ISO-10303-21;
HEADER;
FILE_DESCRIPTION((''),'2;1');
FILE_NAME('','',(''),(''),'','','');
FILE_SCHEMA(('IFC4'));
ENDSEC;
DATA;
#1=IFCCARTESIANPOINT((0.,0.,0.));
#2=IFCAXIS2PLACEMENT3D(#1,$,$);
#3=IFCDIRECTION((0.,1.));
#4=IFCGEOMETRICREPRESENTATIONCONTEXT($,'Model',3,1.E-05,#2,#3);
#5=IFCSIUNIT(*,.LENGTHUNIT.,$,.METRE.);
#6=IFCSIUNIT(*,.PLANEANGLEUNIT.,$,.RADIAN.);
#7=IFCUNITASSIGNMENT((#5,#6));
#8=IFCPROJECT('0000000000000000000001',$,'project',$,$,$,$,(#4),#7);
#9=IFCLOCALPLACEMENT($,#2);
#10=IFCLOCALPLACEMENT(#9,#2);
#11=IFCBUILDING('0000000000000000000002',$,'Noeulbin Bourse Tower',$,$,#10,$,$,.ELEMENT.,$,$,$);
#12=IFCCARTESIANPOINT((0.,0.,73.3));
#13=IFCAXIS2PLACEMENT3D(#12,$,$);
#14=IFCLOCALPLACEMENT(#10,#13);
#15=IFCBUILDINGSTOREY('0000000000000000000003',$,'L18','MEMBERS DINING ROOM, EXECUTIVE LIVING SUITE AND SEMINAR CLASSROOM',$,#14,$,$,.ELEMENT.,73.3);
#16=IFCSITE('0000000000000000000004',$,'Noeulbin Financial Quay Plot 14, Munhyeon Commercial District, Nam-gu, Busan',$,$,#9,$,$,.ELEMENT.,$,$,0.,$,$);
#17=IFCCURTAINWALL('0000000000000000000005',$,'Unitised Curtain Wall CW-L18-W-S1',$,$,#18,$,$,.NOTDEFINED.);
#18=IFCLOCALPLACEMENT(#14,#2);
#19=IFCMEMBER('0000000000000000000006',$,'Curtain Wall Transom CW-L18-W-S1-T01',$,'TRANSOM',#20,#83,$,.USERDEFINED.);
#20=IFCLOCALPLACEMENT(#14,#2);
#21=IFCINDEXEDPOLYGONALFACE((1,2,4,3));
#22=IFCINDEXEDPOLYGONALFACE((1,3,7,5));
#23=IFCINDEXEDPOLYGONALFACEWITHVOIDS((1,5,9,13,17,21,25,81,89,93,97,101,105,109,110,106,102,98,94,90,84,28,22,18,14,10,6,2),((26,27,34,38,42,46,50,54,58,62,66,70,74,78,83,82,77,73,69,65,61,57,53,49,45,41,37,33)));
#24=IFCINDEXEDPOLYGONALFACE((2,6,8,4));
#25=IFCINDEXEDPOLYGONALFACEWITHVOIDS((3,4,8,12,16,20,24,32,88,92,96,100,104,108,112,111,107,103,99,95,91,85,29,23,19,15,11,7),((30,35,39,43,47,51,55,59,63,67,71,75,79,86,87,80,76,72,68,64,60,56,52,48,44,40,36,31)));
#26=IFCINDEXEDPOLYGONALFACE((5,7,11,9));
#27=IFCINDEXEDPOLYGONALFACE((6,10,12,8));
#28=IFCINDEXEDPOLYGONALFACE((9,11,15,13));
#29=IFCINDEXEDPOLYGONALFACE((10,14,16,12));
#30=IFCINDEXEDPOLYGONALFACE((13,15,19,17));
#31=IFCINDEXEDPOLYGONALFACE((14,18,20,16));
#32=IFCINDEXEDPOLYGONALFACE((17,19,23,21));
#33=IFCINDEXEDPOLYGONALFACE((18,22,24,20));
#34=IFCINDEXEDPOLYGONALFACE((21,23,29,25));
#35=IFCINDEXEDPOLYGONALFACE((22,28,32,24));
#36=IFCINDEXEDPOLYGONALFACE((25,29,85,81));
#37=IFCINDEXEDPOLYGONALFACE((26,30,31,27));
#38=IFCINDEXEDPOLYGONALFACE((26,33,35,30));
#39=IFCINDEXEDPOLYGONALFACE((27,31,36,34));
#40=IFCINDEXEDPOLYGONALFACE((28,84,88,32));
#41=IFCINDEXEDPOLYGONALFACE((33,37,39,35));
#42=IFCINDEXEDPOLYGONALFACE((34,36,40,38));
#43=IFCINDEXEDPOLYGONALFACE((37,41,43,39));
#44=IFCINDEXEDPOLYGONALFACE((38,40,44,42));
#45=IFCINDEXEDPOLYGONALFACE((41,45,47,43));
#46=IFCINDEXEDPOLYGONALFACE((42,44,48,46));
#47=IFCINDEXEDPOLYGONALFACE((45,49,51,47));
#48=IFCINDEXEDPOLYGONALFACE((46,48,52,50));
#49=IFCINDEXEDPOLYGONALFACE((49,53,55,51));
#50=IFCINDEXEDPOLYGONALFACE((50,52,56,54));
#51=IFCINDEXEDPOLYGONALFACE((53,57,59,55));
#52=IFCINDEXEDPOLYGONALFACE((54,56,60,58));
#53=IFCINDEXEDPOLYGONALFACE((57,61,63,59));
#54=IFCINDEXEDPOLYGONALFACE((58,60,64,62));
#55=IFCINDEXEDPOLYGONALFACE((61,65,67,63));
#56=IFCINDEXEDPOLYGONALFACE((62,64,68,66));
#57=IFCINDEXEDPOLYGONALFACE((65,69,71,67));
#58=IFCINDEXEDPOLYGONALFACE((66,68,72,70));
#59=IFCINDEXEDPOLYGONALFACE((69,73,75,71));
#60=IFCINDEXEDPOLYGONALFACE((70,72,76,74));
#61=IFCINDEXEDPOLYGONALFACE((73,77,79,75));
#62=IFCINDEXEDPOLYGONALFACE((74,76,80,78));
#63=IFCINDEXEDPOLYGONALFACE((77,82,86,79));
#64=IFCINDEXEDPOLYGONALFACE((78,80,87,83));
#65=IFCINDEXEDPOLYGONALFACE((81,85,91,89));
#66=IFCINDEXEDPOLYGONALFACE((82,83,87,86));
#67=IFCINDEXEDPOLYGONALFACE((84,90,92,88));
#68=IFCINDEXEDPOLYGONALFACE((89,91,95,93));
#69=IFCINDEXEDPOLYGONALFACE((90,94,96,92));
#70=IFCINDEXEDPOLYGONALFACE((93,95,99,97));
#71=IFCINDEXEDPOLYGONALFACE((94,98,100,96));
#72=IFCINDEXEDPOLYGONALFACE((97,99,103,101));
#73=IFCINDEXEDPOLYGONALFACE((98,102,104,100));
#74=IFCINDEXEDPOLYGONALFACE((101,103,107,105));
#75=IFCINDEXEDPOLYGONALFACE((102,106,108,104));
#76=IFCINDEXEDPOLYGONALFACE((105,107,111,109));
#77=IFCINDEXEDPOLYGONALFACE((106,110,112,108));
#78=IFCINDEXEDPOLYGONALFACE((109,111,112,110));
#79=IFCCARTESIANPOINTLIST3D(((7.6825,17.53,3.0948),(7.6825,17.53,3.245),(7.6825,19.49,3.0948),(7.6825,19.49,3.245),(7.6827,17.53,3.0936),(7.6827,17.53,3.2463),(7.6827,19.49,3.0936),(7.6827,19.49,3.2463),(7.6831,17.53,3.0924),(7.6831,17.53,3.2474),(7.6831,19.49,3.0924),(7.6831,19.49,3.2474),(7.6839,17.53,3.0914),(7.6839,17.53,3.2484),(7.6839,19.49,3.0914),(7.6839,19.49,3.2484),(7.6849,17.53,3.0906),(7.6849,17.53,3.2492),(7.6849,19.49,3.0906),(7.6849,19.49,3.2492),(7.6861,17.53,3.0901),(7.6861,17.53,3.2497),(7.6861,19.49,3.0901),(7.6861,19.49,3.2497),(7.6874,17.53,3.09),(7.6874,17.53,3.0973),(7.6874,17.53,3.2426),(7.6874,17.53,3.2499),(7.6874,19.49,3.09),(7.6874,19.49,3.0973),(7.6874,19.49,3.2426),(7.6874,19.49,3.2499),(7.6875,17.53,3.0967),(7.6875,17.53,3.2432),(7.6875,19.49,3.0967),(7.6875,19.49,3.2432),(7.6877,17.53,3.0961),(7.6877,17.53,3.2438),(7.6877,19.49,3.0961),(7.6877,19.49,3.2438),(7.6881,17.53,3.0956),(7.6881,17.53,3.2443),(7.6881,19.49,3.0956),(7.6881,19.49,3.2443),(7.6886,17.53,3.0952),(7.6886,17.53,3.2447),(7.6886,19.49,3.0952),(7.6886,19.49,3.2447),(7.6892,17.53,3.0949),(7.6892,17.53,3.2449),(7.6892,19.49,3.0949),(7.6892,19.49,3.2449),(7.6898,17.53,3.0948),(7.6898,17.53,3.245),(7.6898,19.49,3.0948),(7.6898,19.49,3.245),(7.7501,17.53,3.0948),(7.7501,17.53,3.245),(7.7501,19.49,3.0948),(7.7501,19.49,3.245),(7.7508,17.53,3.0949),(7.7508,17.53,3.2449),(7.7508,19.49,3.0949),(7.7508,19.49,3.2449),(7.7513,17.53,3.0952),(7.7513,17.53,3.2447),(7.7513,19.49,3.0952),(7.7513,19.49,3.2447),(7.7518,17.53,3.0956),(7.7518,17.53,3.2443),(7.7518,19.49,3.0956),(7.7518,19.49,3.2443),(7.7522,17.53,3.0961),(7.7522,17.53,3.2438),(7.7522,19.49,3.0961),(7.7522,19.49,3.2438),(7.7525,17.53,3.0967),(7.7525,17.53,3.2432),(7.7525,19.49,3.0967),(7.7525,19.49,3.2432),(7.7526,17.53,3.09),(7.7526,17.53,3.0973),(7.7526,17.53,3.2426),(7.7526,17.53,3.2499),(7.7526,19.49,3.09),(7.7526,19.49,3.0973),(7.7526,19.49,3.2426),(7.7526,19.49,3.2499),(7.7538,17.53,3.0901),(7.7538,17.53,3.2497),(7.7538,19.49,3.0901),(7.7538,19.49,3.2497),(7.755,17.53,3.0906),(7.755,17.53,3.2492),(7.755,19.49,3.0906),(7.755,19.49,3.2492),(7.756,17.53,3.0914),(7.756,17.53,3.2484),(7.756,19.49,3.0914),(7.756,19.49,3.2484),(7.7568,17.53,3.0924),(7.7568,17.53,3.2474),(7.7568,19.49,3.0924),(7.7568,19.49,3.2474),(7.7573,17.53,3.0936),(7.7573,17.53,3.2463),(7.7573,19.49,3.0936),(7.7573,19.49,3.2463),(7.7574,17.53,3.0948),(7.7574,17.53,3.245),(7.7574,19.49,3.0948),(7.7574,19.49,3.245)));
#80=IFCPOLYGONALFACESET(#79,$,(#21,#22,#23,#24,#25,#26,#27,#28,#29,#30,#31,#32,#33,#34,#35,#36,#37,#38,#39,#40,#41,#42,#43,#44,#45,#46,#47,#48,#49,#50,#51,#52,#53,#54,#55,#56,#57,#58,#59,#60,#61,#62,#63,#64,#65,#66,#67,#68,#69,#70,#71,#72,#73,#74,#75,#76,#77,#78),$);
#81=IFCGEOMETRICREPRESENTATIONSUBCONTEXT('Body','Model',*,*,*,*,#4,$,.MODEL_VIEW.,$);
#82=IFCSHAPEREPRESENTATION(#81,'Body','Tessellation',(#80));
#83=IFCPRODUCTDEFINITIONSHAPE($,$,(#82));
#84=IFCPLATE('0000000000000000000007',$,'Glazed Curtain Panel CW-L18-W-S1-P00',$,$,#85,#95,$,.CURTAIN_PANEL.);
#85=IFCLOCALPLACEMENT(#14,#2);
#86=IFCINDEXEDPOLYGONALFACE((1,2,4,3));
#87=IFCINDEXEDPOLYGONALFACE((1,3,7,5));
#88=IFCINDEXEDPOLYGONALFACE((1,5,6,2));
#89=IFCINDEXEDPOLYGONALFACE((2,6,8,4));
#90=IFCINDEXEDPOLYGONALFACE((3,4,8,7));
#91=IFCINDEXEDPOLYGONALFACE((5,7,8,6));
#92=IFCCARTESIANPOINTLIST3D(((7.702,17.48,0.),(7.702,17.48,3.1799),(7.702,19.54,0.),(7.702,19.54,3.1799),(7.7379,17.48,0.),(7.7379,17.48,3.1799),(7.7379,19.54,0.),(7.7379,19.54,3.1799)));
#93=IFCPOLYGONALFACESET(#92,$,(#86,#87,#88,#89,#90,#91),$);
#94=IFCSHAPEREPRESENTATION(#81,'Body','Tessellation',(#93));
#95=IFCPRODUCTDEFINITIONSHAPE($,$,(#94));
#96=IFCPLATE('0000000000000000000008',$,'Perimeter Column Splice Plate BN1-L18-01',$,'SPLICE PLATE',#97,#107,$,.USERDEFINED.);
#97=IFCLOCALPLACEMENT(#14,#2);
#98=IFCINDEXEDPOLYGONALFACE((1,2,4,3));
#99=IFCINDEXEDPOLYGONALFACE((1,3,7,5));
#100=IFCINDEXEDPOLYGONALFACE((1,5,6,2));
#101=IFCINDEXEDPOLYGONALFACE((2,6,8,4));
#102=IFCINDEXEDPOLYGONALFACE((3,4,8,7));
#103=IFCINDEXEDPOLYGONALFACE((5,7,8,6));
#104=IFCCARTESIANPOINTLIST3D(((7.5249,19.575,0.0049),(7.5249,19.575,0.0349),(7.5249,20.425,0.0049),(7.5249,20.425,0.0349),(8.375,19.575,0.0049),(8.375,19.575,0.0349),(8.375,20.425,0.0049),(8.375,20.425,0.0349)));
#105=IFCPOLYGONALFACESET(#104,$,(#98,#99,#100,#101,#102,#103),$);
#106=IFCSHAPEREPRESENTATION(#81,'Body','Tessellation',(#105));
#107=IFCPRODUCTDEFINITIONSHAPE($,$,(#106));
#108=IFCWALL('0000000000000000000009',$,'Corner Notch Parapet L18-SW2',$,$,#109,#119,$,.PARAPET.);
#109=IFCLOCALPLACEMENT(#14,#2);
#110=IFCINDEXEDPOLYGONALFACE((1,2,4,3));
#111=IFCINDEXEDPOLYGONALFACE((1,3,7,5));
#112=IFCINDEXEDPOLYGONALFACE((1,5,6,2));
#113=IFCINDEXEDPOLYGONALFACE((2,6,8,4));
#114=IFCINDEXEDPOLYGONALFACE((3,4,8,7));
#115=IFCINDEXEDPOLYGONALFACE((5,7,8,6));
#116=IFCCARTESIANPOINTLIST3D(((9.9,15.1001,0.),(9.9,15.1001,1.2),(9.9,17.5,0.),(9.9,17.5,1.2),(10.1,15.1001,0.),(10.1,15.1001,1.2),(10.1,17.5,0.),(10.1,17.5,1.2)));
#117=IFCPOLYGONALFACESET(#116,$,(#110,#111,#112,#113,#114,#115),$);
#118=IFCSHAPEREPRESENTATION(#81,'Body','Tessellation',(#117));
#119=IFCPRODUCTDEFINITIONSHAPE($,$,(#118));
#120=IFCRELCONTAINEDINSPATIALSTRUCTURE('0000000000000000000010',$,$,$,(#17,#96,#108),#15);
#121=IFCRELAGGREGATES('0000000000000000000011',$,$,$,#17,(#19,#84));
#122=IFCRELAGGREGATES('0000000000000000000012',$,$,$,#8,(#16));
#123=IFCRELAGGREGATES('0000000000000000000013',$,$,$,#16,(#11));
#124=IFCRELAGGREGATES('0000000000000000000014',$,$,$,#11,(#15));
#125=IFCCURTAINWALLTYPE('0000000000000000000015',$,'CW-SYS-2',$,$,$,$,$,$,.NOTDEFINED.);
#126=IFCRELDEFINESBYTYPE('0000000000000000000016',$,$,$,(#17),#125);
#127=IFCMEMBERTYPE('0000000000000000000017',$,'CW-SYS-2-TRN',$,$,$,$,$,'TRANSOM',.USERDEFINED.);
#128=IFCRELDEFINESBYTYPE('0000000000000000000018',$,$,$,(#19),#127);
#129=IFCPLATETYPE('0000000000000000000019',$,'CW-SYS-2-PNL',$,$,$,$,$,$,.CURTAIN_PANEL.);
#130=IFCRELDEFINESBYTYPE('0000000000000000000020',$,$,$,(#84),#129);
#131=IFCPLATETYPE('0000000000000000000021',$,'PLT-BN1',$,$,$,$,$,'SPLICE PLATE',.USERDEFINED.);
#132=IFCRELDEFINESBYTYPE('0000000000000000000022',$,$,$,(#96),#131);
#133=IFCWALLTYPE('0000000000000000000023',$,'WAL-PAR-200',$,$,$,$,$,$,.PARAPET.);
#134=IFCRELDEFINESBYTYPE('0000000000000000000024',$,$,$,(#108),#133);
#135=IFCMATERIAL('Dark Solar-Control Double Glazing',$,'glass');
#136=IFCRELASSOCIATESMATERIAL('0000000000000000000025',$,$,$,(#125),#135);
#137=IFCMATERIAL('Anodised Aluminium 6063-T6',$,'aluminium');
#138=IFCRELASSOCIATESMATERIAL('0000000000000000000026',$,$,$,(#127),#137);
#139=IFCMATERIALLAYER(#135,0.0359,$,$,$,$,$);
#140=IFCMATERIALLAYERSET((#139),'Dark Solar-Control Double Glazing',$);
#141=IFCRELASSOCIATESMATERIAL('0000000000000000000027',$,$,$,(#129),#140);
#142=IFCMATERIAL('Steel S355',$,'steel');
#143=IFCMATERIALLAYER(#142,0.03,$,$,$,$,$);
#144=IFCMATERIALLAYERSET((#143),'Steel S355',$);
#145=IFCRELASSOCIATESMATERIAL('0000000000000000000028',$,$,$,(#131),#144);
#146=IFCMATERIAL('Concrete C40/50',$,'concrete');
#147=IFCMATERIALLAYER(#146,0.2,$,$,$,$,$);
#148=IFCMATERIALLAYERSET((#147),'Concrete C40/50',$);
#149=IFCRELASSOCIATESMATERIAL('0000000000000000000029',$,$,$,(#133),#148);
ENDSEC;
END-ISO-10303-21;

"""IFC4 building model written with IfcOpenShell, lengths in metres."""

from ifc_helpers import new_model, si_unit, direction, frame, frame_2d, origin, origin_2d, place, context, subcontext, project, spatial, rectangle, hollow_rectangle, extrude, material, layer, layer_set, material_profile, profile_set, type_object, element, aggregate, save


model = new_model("IFC4")

# Units and contexts
model_context = context("Model", 3, precision=1e-05, world=origin(), true_north=direction((0.0, 1.0)))
body_context = subcontext(model_context, "Body", "Model", "MODEL_VIEW")
ifc_project = project(units=[si_unit("LENGTHUNIT", "METRE"), si_unit("PLANEANGLEUNIT", "RADIAN")], contexts=[model_context])

# Site, building, storey
site_placement = place(None, origin())
site = spatial("IfcSite", under=ifc_project, at=site_placement, Name="Noeulbin Financial Quay Plot 14, Munhyeon Commercial District, Nam-gu, Busan", CompositionType="ELEMENT", RefElevation=0.0)
building_placement = place(site_placement, origin())
building = spatial("IfcBuilding", under=site, at=building_placement, Name="Noeulbin Bourse Tower", CompositionType="ELEMENT")
storey_placement = place(building_placement, frame((0.0, 0.0, 73.3)))
storey = spatial("IfcBuildingStorey", under=building, at=storey_placement, Name="L18", Description="MEMBERS DINING ROOM, EXECUTIVE LIVING SUITE AND SEMINAR CLASSROOM", CompositionType="ELEMENT", Elevation=73.3)

# Shared definitions
ifc_material_1 = material(Name="Steel S355", Category="steel")

# Curtain wall, member, plate
ifc_material_2 = material(Name="Dark Solar-Control Double Glazing", Category="glass")
curtain_wall_type = type_object("IfcCurtainWallType", Name="CW-SYS-2", PredefinedType="NOTDEFINED", material=ifc_material_2)
curtain_wall_placement = place(storey_placement, origin())
curtain_wall = element("IfcCurtainWall", 1, at=curtain_wall_placement, inside=storey, type_object=curtain_wall_type, Name="Unitised Curtain Wall CW-L18-W-S1", PredefinedType="NOTDEFINED")
ifc_material_3 = material(Name="Anodised Aluminium 6063-T6", Category="aluminium")
ifc_material_profile_1 = material_profile(ifc_material_3, hollow_rectangle(XDim=0.075, YDim=0.1599, WallThickness=0.0049, InnerFilletRadius=0.0024, OuterFilletRadius=0.0049, at=origin_2d()), Name="ALU-TRAN-75x160x5", Category="LoadBearing")
ifc_profile_set_1 = profile_set([ifc_material_profile_1], Name="Anodised Aluminium 6063-T6")
member_type_1 = type_object("IfcMemberType", Name="CW-SYS-2-TRN", ElementType="TRANSOM", PredefinedType="USERDEFINED", material=ifc_profile_set_1)
member_1_placement = place(storey_placement, frame((7.72, 17.53, 3.1699), z_axis=(0.0, 1.0, 0.0), x_axis=(-1.0, 0.0, 0.0)))
member_1 = element("IfcMember", 2, at=member_1_placement, type_object=member_type_1, Name="Curtain Wall Transom CW-L18-W-S1-T01", ObjectType="TRANSOM", PredefinedType="USERDEFINED", context=body_context, shape_type="SweptSolid", body=[
    extrude(hollow_rectangle(XDim=0.075, YDim=0.1599, WallThickness=0.0049, InnerFilletRadius=0.0024, OuterFilletRadius=0.0049, at=origin_2d()), origin(), (0.0, 0.0, 1.0), 1.96),
])
ifc_layer_1 = layer(ifc_material_2, 0.0359)
ifc_layer_set_1 = layer_set([ifc_layer_1], Name="Dark Solar-Control Double Glazing")
plate_type_1 = type_object("IfcPlateType", Name="CW-SYS-2-PNL", PredefinedType="CURTAIN_PANEL", material=ifc_layer_set_1)
plate_1_placement = place(storey_placement, frame((7.72, 18.51, 0.0), z_axis=(0.0, 0.0, 1.0), x_axis=(0.0, 1.0, 0.0)))
plate_1 = element("IfcPlate", 3, at=plate_1_placement, type_object=plate_type_1, Name="Glazed Curtain Panel CW-L18-W-S1-P00", PredefinedType="CURTAIN_PANEL", context=body_context, shape_type="SweptSolid", body=[
    extrude(rectangle(XDim=2.0601, YDim=0.0359, at=origin_2d()), origin(), (0.0, 0.0, 1.0), 3.1799),
])
aggregate(curtain_wall, [member_1, plate_1])

# Plate
ifc_layer_2 = layer(ifc_material_1, 0.03)
ifc_layer_set_2 = layer_set([ifc_layer_2], Name="Steel S355")
plate_type_2 = type_object("IfcPlateType", Name="PLT-BN1", ElementType="SPLICE PLATE", PredefinedType="USERDEFINED", material=ifc_layer_set_2)
plate_2_placement = place(storey_placement, frame((7.95, 20.0, 0.0049), z_axis=(0.0, 0.0, 1.0), x_axis=(1.0, 0.0, 0.0)))
element("IfcPlate", 4, at=plate_2_placement, inside=storey, type_object=plate_type_2, Name="Perimeter Column Splice Plate BN1-L18-01", ObjectType="SPLICE PLATE", PredefinedType="USERDEFINED", context=body_context, shape_type="SweptSolid", body=[
    extrude(rectangle(XDim=0.8501, YDim=0.8501, at=origin_2d()), origin(), (0.0, 0.0, 1.0), 0.03),
])

# Wall
ifc_material_4 = material(Name="Concrete C40/50", Category="concrete")
ifc_layer_3 = layer(ifc_material_4, 0.2)
ifc_layer_set_3 = layer_set([ifc_layer_3], Name="Concrete C40/50")
wall_type_1 = type_object("IfcWallType", Name="WAL-PAR-200", PredefinedType="PARAPET", material=ifc_layer_set_3)
wall_1_placement = place(storey_placement, frame((10.0, 17.5, 0.0), z_axis=(0.0, 0.0, 1.0), x_axis=(0.0, -1.0, 0.0)))
element("IfcWall", 5, at=wall_1_placement, inside=storey, type_object=wall_type_1, Name="Corner Notch Parapet L18-SW2", PredefinedType="PARAPET", context=body_context, shape_type="SweptSolid", body=[
    extrude(rectangle(XDim=2.3999, YDim=0.2, at=frame_2d((1.2, 0.0))), origin(), (0.0, 0.0, 1.0), 1.2),
])

save(model, "model.ifc")
